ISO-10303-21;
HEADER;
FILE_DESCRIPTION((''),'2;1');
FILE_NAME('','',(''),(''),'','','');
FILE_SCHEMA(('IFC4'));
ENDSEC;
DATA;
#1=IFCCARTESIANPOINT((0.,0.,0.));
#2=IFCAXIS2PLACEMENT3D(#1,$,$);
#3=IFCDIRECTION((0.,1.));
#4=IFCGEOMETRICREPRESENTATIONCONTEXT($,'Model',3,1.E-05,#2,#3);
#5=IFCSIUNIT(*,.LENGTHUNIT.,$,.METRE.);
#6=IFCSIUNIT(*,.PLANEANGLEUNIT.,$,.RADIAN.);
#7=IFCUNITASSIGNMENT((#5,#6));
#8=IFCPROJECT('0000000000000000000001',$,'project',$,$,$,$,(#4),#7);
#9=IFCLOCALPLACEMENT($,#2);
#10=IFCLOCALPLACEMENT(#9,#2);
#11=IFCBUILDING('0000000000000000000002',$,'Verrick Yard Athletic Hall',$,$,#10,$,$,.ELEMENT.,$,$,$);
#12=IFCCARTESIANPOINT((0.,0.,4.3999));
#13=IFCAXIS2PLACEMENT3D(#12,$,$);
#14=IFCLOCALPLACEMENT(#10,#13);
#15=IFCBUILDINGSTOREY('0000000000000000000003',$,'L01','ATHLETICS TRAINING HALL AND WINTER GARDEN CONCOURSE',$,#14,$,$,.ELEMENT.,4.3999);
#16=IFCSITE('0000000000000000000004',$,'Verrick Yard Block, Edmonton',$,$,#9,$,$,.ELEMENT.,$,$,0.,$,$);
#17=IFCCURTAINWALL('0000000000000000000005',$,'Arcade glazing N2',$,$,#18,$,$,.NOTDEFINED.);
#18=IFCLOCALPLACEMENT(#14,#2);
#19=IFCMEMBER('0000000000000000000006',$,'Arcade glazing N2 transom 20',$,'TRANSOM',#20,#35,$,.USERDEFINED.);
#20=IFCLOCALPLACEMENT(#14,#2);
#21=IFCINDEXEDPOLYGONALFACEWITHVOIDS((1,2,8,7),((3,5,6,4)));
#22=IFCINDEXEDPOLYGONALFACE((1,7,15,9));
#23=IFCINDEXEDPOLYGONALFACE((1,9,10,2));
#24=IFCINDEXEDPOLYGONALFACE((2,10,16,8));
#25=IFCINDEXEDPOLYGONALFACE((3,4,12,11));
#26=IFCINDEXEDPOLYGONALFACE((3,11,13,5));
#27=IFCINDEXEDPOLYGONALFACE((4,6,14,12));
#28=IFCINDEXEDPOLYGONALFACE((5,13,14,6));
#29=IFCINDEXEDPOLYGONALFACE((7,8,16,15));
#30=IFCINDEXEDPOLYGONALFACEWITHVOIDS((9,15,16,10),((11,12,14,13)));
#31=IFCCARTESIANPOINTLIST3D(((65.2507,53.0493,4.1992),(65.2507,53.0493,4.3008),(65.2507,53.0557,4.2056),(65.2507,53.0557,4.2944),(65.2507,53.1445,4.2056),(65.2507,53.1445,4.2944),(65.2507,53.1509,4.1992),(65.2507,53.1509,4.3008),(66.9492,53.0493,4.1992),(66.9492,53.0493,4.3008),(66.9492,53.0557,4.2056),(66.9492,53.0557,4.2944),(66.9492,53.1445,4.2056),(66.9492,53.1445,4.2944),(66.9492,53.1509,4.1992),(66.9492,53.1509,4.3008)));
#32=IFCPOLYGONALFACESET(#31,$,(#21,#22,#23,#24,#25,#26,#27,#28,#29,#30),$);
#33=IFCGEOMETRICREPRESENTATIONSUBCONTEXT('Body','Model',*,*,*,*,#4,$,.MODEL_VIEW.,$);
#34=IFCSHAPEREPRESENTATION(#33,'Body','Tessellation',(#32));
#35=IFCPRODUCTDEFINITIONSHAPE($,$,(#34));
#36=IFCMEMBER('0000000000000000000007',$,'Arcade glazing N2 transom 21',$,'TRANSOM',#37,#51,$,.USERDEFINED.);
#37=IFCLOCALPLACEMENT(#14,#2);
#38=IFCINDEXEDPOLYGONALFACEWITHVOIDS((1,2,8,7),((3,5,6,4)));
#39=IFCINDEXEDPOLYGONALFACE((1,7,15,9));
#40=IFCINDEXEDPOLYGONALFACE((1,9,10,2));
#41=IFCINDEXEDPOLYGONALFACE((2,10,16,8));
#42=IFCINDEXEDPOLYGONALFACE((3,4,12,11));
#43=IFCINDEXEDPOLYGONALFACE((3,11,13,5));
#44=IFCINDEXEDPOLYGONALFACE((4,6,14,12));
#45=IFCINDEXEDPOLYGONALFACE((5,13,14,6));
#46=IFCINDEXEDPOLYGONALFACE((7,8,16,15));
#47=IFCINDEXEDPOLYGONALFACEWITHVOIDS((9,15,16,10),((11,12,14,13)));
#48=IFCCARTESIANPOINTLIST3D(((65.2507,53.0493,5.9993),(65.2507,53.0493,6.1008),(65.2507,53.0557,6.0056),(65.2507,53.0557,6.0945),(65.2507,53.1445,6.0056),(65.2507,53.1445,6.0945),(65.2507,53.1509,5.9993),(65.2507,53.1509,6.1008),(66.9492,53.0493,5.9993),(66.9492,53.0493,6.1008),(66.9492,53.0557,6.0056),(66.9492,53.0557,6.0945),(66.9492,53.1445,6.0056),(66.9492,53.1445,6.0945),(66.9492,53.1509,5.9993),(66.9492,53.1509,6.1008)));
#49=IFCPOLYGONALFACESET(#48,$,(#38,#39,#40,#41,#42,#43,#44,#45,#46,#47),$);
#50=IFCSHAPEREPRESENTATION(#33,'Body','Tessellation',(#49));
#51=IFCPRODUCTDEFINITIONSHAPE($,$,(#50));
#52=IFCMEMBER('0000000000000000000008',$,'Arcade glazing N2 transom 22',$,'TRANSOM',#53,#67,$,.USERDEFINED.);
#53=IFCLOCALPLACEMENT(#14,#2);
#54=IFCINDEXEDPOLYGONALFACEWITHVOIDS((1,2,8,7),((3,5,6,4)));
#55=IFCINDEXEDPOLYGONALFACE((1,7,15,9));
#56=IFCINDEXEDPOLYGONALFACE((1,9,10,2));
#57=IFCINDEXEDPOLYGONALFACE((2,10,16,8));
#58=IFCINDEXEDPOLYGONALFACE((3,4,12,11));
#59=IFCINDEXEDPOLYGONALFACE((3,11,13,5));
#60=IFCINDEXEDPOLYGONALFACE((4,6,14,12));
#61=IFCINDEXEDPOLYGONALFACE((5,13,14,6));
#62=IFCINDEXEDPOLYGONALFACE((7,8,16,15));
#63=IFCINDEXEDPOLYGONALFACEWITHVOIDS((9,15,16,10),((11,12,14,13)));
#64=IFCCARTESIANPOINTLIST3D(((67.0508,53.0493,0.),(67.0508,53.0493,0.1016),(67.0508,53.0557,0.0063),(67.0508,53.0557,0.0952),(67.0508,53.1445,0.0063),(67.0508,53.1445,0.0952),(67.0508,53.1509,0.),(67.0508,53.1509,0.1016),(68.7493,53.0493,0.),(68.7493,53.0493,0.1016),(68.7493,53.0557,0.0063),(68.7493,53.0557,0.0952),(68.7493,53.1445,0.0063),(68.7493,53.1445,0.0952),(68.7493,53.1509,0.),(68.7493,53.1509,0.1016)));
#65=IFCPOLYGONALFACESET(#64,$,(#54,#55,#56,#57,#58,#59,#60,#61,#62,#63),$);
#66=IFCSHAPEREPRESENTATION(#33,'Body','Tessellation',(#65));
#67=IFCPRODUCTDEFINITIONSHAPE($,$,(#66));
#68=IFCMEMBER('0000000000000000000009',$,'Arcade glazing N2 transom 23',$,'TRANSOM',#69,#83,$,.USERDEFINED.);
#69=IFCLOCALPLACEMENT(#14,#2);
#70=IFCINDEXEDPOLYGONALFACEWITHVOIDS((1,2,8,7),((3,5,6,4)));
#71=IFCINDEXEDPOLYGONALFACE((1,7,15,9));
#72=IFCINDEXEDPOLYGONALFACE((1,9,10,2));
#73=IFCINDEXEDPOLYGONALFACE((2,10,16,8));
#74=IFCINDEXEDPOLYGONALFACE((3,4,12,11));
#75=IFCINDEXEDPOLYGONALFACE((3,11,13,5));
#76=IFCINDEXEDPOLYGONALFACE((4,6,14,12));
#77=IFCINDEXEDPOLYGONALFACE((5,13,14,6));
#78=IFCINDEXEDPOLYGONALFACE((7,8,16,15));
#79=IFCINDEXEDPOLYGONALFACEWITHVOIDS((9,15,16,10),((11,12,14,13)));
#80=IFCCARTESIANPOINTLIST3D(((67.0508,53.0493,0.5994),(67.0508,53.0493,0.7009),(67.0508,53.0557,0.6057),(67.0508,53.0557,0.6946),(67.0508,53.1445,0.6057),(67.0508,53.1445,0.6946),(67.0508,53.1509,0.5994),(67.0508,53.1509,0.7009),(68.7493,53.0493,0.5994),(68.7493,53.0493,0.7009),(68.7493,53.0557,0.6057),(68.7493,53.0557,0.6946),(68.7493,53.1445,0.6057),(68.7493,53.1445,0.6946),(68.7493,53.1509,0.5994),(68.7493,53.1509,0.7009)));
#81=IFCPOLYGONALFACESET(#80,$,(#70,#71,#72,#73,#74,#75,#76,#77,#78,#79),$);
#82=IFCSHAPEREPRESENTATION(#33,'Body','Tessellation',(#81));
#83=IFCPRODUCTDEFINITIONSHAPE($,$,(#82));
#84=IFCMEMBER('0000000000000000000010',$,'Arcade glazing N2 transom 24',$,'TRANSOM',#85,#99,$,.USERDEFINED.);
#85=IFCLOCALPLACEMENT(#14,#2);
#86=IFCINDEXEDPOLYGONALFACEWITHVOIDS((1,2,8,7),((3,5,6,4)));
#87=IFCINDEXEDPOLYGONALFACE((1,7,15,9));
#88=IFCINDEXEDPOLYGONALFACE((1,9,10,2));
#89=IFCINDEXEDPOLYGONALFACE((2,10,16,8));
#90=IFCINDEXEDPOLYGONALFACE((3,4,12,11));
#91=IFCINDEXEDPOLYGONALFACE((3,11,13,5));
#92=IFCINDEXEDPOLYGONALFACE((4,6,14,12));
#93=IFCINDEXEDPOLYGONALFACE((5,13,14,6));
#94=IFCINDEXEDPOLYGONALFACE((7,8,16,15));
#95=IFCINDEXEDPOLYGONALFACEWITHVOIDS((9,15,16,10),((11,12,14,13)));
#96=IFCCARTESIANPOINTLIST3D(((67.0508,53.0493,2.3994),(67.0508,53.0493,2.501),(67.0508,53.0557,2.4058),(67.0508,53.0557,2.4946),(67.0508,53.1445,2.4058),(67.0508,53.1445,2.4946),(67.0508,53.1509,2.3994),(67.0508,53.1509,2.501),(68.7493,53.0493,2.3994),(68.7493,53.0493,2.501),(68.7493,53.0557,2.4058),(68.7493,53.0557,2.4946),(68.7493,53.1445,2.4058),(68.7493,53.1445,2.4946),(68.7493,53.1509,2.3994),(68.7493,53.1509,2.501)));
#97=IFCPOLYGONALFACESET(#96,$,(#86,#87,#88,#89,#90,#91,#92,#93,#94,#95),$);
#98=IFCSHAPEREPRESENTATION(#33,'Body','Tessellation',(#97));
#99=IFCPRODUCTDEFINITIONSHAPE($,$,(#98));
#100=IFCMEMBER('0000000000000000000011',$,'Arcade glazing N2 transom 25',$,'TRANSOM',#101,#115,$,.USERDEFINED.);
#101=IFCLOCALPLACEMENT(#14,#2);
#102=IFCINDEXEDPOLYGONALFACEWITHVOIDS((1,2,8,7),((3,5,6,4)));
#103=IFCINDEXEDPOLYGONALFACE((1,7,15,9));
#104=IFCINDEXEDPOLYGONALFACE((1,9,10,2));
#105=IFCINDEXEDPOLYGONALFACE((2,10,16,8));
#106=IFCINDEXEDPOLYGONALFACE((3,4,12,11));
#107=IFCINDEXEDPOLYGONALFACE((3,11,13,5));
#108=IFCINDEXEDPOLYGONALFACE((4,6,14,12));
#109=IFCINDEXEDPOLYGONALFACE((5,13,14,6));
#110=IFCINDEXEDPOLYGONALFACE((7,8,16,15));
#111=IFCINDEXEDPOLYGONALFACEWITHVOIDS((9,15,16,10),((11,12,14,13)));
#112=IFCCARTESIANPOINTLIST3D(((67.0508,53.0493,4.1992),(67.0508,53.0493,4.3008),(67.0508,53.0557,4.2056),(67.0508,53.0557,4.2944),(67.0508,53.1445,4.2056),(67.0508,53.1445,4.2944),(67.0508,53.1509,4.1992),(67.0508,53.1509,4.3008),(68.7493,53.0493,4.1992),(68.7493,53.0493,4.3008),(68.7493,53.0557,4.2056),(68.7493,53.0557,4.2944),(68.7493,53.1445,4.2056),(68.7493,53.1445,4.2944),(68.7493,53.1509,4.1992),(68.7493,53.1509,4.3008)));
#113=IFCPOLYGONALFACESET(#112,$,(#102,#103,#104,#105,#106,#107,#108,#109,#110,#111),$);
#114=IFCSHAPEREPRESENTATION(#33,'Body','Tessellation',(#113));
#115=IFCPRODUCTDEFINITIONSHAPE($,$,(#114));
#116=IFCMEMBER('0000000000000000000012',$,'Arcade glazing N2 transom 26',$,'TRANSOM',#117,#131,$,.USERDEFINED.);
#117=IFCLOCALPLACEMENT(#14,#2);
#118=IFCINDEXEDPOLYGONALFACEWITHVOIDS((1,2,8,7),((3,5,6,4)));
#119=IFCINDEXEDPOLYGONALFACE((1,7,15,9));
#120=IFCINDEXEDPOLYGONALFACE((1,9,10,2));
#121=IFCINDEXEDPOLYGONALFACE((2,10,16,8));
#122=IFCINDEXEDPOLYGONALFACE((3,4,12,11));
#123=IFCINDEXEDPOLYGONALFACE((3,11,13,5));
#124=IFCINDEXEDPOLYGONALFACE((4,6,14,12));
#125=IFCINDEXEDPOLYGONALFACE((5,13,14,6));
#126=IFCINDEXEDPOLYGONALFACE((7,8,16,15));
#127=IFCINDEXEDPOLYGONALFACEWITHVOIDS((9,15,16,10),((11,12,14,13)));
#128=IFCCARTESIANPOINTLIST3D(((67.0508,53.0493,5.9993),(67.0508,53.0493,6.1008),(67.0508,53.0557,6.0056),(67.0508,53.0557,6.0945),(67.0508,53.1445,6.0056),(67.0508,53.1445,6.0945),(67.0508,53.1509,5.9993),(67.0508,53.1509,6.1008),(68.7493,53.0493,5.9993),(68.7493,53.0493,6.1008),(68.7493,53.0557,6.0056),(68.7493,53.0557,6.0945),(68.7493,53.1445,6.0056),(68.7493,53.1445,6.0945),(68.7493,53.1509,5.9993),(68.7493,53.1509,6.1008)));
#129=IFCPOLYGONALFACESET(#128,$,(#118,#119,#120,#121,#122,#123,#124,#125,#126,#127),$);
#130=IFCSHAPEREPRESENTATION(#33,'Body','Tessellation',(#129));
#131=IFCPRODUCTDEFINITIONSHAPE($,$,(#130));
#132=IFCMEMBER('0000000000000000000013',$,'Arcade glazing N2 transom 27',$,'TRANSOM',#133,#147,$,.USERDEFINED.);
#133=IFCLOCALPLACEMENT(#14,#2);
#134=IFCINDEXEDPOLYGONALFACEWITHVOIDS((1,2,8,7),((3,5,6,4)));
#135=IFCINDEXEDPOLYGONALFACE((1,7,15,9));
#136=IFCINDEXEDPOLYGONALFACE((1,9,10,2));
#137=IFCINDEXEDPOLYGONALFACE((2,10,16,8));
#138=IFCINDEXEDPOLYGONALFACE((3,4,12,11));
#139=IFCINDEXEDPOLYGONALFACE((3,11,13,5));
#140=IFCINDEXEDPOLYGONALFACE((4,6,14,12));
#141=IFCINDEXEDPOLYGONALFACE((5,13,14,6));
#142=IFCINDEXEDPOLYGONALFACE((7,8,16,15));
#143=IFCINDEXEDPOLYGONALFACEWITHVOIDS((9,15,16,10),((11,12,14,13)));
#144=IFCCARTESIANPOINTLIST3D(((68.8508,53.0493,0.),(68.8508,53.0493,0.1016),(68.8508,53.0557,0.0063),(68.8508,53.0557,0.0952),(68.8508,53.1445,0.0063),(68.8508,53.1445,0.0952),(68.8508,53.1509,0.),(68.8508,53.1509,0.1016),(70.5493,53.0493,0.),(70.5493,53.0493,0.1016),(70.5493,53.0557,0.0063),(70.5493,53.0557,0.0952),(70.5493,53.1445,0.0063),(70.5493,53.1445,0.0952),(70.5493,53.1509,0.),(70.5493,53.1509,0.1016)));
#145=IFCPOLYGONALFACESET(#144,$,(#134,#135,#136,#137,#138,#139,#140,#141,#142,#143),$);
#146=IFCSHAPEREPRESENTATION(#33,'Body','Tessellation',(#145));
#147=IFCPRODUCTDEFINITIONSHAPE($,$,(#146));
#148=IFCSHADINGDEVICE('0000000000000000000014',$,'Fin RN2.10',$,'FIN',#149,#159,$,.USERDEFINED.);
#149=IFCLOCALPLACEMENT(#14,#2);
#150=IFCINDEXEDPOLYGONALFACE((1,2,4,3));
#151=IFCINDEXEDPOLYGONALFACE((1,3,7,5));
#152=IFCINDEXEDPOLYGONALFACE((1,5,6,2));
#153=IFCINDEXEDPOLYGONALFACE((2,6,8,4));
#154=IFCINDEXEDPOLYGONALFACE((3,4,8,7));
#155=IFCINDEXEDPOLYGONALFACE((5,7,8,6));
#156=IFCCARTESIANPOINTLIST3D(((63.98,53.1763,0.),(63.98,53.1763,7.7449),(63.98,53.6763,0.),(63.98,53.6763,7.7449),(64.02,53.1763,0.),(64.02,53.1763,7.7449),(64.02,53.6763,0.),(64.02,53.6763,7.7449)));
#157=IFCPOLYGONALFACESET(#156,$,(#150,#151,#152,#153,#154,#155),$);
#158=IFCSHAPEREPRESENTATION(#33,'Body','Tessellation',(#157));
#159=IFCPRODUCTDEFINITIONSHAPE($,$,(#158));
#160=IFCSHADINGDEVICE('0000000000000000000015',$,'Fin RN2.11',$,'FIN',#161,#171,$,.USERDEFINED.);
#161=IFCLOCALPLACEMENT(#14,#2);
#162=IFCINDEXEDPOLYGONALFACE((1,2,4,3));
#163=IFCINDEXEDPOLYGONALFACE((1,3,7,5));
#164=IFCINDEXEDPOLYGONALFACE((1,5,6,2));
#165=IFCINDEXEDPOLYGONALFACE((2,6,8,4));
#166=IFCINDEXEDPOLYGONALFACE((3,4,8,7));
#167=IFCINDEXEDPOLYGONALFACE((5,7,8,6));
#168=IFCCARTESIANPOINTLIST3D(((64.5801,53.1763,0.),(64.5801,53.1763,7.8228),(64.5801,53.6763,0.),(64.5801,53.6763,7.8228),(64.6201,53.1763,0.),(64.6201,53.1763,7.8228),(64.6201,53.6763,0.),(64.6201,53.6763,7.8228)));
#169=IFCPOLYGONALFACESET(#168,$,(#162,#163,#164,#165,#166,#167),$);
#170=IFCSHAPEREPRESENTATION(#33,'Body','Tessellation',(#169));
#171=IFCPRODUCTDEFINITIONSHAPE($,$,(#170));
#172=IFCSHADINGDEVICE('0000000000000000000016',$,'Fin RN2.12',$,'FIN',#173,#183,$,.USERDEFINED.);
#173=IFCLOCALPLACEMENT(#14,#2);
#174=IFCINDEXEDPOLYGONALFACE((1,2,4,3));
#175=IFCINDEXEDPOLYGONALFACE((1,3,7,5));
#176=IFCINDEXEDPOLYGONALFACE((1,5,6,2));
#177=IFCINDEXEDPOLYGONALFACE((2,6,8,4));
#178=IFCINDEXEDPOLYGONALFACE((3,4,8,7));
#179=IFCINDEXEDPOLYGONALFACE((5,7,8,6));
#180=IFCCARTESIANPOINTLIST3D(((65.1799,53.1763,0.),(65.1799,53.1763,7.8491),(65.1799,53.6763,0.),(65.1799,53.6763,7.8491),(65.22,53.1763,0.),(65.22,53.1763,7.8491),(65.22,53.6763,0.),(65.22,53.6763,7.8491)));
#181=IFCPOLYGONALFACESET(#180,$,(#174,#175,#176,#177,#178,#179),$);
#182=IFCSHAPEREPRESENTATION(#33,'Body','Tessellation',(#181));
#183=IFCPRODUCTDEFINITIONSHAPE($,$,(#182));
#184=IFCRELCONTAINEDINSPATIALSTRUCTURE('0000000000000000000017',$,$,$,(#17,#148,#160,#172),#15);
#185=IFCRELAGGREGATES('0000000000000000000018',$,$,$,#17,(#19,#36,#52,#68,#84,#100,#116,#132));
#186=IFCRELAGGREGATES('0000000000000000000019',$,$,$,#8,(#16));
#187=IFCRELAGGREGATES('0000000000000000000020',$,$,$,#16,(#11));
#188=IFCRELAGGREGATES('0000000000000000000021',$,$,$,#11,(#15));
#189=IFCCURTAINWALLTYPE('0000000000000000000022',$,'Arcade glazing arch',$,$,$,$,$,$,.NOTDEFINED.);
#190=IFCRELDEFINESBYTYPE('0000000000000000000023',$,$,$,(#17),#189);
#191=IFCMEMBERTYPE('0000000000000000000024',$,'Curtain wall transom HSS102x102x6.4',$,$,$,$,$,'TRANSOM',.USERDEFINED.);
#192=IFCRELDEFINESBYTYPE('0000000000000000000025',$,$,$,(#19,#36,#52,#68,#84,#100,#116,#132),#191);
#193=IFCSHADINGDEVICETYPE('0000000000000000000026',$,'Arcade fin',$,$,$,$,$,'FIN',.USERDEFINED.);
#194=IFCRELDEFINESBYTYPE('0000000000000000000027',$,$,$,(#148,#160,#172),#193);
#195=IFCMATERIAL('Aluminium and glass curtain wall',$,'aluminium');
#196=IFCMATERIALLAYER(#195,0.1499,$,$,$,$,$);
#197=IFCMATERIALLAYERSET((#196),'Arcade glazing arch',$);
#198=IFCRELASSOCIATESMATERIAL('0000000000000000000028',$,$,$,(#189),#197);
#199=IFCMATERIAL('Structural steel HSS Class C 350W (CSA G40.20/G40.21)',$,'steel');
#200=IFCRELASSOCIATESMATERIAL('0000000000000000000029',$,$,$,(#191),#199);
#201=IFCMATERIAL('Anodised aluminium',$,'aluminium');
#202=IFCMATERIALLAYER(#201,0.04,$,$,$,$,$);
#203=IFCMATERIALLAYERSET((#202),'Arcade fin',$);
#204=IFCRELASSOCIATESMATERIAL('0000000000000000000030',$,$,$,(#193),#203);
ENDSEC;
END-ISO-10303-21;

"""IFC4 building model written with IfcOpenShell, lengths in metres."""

from ifc_helpers import new_model, si_unit, direction, frame, origin, origin_2d, place, context, subcontext, project, spatial, polyline, hollow_rectangle, outline, extrude, material, layer, layer_set, material_profile, profile_set, type_object, element, aggregate, save


model = new_model("IFC4")

# Units and contexts
model_context = context("Model", 3, precision=1e-05, world=origin(), true_north=direction((0.0, 1.0)))
body_context = subcontext(model_context, "Body", "Model", "MODEL_VIEW")
ifc_project = project(units=[si_unit("LENGTHUNIT", "METRE"), si_unit("PLANEANGLEUNIT", "RADIAN")], contexts=[model_context])

# Site, building, storey
site_placement = place(None, origin())
site = spatial("IfcSite", under=ifc_project, at=site_placement, Name="Verrick Yard Block, Edmonton", CompositionType="ELEMENT", RefElevation=0.0)
building_placement = place(site_placement, origin())
building = spatial("IfcBuilding", under=site, at=building_placement, Name="Verrick Yard Athletic Hall", CompositionType="ELEMENT")
storey_placement = place(building_placement, frame((0.0, 0.0, 4.3999)))
storey = spatial("IfcBuildingStorey", under=building, at=storey_placement, Name="L01", Description="ATHLETICS TRAINING HALL AND WINTER GARDEN CONCOURSE", CompositionType="ELEMENT", Elevation=4.3999)

# Curtain wall, members
ifc_material_1 = material(Name="Aluminium and glass curtain wall", Category="aluminium")
ifc_layer_1 = layer(ifc_material_1, 0.1499)
ifc_layer_set_1 = layer_set([ifc_layer_1], Name="Arcade glazing arch")
curtain_wall_type = type_object("IfcCurtainWallType", Name="Arcade glazing arch", PredefinedType="NOTDEFINED", material=ifc_layer_set_1)
curtain_wall_placement = place(storey_placement, origin())
curtain_wall = element("IfcCurtainWall", 1, at=curtain_wall_placement, inside=storey, type_object=curtain_wall_type, Name="Arcade glazing N2", PredefinedType="NOTDEFINED")
ifc_material_2 = material(Name="Structural steel HSS Class C 350W (CSA G40.20/G40.21)", Category="steel")
ifc_material_profile_1 = material_profile(ifc_material_2, hollow_rectangle(XDim=0.1016, YDim=0.1016, WallThickness=0.0063, at=origin_2d()), Name="HSS102x102x6.4")
ifc_profile_set_1 = profile_set([ifc_material_profile_1], Name="Structural steel HSS Class C 350W (CSA G40.20/G40.21)")
member_type_1 = type_object("IfcMemberType", Name="Curtain wall transom HSS102x102x6.4", ElementType="TRANSOM", PredefinedType="USERDEFINED", material=ifc_profile_set_1)
member_1_placement = place(storey_placement, frame((65.2507, 53.1001, 4.25), z_axis=(1.0, 0.0, 0.0), x_axis=(0.0, 1.0, 0.0)))
member_1 = element("IfcMember", 2, at=member_1_placement, type_object=member_type_1, Name="Arcade glazing N2 transom 20", ObjectType="TRANSOM", PredefinedType="USERDEFINED", context=body_context, shape_type="SweptSolid", body=[
    extrude(hollow_rectangle(XDim=0.1016, YDim=0.1016, WallThickness=0.0063, at=origin_2d()), origin(), (0.0, 0.0, 1.0), 1.6985),
])
member_2_placement = place(storey_placement, frame((65.2507, 53.1001, 6.05), z_axis=(1.0, 0.0, 0.0), x_axis=(0.0, 1.0, 0.0)))
member_2 = element("IfcMember", 3, at=member_2_placement, type_object=member_type_1, Name="Arcade glazing N2 transom 21", ObjectType="TRANSOM", PredefinedType="USERDEFINED", context=body_context, shape_type="SweptSolid", body=[
    extrude(hollow_rectangle(XDim=0.1016, YDim=0.1016, WallThickness=0.0063, at=origin_2d()), origin(), (0.0, 0.0, 1.0), 1.6985),
])
member_3_placement = place(storey_placement, frame((67.0508, 53.1001, 0.0508), z_axis=(1.0, 0.0, 0.0), x_axis=(0.0, 1.0, 0.0)))
member_3 = element("IfcMember", 4, at=member_3_placement, type_object=member_type_1, Name="Arcade glazing N2 transom 22", ObjectType="TRANSOM", PredefinedType="USERDEFINED", context=body_context, shape_type="SweptSolid", body=[
    extrude(hollow_rectangle(XDim=0.1016, YDim=0.1016, WallThickness=0.0063, at=origin_2d()), origin(), (0.0, 0.0, 1.0), 1.6985),
])
member_4_placement = place(storey_placement, frame((67.0508, 53.1001, 0.6501), z_axis=(1.0, 0.0, 0.0), x_axis=(0.0, 1.0, 0.0)))
member_4 = element("IfcMember", 5, at=member_4_placement, type_object=member_type_1, Name="Arcade glazing N2 transom 23", ObjectType="TRANSOM", PredefinedType="USERDEFINED", context=body_context, shape_type="SweptSolid", body=[
    extrude(hollow_rectangle(XDim=0.1016, YDim=0.1016, WallThickness=0.0063, at=origin_2d()), origin(), (0.0, 0.0, 1.0), 1.6985),
])
member_5_placement = place(storey_placement, frame((67.0508, 53.1001, 2.4502), z_axis=(1.0, 0.0, 0.0), x_axis=(0.0, 1.0, 0.0)))
member_5 = element("IfcMember", 6, at=member_5_placement, type_object=member_type_1, Name="Arcade glazing N2 transom 24", ObjectType="TRANSOM", PredefinedType="USERDEFINED", context=body_context, shape_type="SweptSolid", body=[
    extrude(hollow_rectangle(XDim=0.1016, YDim=0.1016, WallThickness=0.0063, at=origin_2d()), origin(), (0.0, 0.0, 1.0), 1.6985),
])
member_6_placement = place(storey_placement, frame((67.0508, 53.1001, 4.25), z_axis=(1.0, 0.0, 0.0), x_axis=(0.0, 1.0, 0.0)))
member_6 = element("IfcMember", 7, at=member_6_placement, type_object=member_type_1, Name="Arcade glazing N2 transom 25", ObjectType="TRANSOM", PredefinedType="USERDEFINED", context=body_context, shape_type="SweptSolid", body=[
    extrude(hollow_rectangle(XDim=0.1016, YDim=0.1016, WallThickness=0.0063, at=origin_2d()), origin(), (0.0, 0.0, 1.0), 1.6985),
])
member_7_placement = place(storey_placement, frame((67.0508, 53.1001, 6.05), z_axis=(1.0, 0.0, 0.0), x_axis=(0.0, 1.0, 0.0)))
member_7 = element("IfcMember", 8, at=member_7_placement, type_object=member_type_1, Name="Arcade glazing N2 transom 26", ObjectType="TRANSOM", PredefinedType="USERDEFINED", context=body_context, shape_type="SweptSolid", body=[
    extrude(hollow_rectangle(XDim=0.1016, YDim=0.1016, WallThickness=0.0063, at=origin_2d()), origin(), (0.0, 0.0, 1.0), 1.6985),
])
member_8_placement = place(storey_placement, frame((68.8508, 53.1001, 0.0508), z_axis=(1.0, 0.0, 0.0), x_axis=(0.0, 1.0, 0.0)))
member_8 = element("IfcMember", 9, at=member_8_placement, type_object=member_type_1, Name="Arcade glazing N2 transom 27", ObjectType="TRANSOM", PredefinedType="USERDEFINED", context=body_context, shape_type="SweptSolid", body=[
    extrude(hollow_rectangle(XDim=0.1016, YDim=0.1016, WallThickness=0.0063, at=origin_2d()), origin(), (0.0, 0.0, 1.0), 1.6985),
])
aggregate(curtain_wall, [member_1, member_2, member_3, member_4, member_5, member_6, member_7, member_8])

# Shading devices
ifc_material_3 = material(Name="Anodised aluminium", Category="aluminium")
ifc_layer_2 = layer(ifc_material_3, 0.04)
ifc_layer_set_2 = layer_set([ifc_layer_2], Name="Arcade fin")
shading_device_type = type_object("IfcShadingDeviceType", Name="Arcade fin", ElementType="FIN", PredefinedType="USERDEFINED", material=ifc_layer_set_2)
shading_device_1_placement = place(storey_placement, frame((64.0, 53.1763, 0.0), z_axis=(0.0, 0.0, 1.0), x_axis=(0.0, 1.0, 0.0)))
element("IfcShadingDevice", 10, at=shading_device_1_placement, inside=storey, type_object=shading_device_type, Name="Fin RN2.10", ObjectType="FIN", PredefinedType="USERDEFINED", context=body_context, shape_type="SweptSolid", body=[
    extrude(outline(polyline([(0.0, 0.0), (0.5, 0.0), (0.5, 7.7449), (0.0, 7.7449), (0.0, 0.0)])), frame((0.0, 0.02, 0.0), z_axis=(0.0, -1.0, 0.0), x_axis=(1.0, 0.0, 0.0)), (0.0, 0.0, 1.0), 0.04),
])
shading_device_2_placement = place(storey_placement, frame((64.6001, 53.1763, 0.0), z_axis=(0.0, 0.0, 1.0), x_axis=(0.0, 1.0, 0.0)))
element("IfcShadingDevice", 11, at=shading_device_2_placement, inside=storey, type_object=shading_device_type, Name="Fin RN2.11", ObjectType="FIN", PredefinedType="USERDEFINED", context=body_context, shape_type="SweptSolid", body=[
    extrude(outline(polyline([(0.0, 0.0), (0.5, 0.0), (0.5, 7.8228), (0.0, 7.8228), (0.0, 0.0)])), frame((0.0, 0.02, 0.0), z_axis=(0.0, -1.0, 0.0), x_axis=(1.0, 0.0, 0.0)), (0.0, 0.0, 1.0), 0.04),
])
shading_device_3_placement = place(storey_placement, frame((65.2, 53.1763, 0.0), z_axis=(0.0, 0.0, 1.0), x_axis=(0.0, 1.0, 0.0)))
element("IfcShadingDevice", 12, at=shading_device_3_placement, inside=storey, type_object=shading_device_type, Name="Fin RN2.12", ObjectType="FIN", PredefinedType="USERDEFINED", context=body_context, shape_type="SweptSolid", body=[
    extrude(outline(polyline([(0.0, 0.0), (0.5, 0.0), (0.5, 7.8491), (0.0, 7.8491), (0.0, 0.0)])), frame((0.0, 0.02, 0.0), z_axis=(0.0, -1.0, 0.0), x_axis=(1.0, 0.0, 0.0)), (0.0, 0.0, 1.0), 0.04),
])

save(model, "model.ifc")
